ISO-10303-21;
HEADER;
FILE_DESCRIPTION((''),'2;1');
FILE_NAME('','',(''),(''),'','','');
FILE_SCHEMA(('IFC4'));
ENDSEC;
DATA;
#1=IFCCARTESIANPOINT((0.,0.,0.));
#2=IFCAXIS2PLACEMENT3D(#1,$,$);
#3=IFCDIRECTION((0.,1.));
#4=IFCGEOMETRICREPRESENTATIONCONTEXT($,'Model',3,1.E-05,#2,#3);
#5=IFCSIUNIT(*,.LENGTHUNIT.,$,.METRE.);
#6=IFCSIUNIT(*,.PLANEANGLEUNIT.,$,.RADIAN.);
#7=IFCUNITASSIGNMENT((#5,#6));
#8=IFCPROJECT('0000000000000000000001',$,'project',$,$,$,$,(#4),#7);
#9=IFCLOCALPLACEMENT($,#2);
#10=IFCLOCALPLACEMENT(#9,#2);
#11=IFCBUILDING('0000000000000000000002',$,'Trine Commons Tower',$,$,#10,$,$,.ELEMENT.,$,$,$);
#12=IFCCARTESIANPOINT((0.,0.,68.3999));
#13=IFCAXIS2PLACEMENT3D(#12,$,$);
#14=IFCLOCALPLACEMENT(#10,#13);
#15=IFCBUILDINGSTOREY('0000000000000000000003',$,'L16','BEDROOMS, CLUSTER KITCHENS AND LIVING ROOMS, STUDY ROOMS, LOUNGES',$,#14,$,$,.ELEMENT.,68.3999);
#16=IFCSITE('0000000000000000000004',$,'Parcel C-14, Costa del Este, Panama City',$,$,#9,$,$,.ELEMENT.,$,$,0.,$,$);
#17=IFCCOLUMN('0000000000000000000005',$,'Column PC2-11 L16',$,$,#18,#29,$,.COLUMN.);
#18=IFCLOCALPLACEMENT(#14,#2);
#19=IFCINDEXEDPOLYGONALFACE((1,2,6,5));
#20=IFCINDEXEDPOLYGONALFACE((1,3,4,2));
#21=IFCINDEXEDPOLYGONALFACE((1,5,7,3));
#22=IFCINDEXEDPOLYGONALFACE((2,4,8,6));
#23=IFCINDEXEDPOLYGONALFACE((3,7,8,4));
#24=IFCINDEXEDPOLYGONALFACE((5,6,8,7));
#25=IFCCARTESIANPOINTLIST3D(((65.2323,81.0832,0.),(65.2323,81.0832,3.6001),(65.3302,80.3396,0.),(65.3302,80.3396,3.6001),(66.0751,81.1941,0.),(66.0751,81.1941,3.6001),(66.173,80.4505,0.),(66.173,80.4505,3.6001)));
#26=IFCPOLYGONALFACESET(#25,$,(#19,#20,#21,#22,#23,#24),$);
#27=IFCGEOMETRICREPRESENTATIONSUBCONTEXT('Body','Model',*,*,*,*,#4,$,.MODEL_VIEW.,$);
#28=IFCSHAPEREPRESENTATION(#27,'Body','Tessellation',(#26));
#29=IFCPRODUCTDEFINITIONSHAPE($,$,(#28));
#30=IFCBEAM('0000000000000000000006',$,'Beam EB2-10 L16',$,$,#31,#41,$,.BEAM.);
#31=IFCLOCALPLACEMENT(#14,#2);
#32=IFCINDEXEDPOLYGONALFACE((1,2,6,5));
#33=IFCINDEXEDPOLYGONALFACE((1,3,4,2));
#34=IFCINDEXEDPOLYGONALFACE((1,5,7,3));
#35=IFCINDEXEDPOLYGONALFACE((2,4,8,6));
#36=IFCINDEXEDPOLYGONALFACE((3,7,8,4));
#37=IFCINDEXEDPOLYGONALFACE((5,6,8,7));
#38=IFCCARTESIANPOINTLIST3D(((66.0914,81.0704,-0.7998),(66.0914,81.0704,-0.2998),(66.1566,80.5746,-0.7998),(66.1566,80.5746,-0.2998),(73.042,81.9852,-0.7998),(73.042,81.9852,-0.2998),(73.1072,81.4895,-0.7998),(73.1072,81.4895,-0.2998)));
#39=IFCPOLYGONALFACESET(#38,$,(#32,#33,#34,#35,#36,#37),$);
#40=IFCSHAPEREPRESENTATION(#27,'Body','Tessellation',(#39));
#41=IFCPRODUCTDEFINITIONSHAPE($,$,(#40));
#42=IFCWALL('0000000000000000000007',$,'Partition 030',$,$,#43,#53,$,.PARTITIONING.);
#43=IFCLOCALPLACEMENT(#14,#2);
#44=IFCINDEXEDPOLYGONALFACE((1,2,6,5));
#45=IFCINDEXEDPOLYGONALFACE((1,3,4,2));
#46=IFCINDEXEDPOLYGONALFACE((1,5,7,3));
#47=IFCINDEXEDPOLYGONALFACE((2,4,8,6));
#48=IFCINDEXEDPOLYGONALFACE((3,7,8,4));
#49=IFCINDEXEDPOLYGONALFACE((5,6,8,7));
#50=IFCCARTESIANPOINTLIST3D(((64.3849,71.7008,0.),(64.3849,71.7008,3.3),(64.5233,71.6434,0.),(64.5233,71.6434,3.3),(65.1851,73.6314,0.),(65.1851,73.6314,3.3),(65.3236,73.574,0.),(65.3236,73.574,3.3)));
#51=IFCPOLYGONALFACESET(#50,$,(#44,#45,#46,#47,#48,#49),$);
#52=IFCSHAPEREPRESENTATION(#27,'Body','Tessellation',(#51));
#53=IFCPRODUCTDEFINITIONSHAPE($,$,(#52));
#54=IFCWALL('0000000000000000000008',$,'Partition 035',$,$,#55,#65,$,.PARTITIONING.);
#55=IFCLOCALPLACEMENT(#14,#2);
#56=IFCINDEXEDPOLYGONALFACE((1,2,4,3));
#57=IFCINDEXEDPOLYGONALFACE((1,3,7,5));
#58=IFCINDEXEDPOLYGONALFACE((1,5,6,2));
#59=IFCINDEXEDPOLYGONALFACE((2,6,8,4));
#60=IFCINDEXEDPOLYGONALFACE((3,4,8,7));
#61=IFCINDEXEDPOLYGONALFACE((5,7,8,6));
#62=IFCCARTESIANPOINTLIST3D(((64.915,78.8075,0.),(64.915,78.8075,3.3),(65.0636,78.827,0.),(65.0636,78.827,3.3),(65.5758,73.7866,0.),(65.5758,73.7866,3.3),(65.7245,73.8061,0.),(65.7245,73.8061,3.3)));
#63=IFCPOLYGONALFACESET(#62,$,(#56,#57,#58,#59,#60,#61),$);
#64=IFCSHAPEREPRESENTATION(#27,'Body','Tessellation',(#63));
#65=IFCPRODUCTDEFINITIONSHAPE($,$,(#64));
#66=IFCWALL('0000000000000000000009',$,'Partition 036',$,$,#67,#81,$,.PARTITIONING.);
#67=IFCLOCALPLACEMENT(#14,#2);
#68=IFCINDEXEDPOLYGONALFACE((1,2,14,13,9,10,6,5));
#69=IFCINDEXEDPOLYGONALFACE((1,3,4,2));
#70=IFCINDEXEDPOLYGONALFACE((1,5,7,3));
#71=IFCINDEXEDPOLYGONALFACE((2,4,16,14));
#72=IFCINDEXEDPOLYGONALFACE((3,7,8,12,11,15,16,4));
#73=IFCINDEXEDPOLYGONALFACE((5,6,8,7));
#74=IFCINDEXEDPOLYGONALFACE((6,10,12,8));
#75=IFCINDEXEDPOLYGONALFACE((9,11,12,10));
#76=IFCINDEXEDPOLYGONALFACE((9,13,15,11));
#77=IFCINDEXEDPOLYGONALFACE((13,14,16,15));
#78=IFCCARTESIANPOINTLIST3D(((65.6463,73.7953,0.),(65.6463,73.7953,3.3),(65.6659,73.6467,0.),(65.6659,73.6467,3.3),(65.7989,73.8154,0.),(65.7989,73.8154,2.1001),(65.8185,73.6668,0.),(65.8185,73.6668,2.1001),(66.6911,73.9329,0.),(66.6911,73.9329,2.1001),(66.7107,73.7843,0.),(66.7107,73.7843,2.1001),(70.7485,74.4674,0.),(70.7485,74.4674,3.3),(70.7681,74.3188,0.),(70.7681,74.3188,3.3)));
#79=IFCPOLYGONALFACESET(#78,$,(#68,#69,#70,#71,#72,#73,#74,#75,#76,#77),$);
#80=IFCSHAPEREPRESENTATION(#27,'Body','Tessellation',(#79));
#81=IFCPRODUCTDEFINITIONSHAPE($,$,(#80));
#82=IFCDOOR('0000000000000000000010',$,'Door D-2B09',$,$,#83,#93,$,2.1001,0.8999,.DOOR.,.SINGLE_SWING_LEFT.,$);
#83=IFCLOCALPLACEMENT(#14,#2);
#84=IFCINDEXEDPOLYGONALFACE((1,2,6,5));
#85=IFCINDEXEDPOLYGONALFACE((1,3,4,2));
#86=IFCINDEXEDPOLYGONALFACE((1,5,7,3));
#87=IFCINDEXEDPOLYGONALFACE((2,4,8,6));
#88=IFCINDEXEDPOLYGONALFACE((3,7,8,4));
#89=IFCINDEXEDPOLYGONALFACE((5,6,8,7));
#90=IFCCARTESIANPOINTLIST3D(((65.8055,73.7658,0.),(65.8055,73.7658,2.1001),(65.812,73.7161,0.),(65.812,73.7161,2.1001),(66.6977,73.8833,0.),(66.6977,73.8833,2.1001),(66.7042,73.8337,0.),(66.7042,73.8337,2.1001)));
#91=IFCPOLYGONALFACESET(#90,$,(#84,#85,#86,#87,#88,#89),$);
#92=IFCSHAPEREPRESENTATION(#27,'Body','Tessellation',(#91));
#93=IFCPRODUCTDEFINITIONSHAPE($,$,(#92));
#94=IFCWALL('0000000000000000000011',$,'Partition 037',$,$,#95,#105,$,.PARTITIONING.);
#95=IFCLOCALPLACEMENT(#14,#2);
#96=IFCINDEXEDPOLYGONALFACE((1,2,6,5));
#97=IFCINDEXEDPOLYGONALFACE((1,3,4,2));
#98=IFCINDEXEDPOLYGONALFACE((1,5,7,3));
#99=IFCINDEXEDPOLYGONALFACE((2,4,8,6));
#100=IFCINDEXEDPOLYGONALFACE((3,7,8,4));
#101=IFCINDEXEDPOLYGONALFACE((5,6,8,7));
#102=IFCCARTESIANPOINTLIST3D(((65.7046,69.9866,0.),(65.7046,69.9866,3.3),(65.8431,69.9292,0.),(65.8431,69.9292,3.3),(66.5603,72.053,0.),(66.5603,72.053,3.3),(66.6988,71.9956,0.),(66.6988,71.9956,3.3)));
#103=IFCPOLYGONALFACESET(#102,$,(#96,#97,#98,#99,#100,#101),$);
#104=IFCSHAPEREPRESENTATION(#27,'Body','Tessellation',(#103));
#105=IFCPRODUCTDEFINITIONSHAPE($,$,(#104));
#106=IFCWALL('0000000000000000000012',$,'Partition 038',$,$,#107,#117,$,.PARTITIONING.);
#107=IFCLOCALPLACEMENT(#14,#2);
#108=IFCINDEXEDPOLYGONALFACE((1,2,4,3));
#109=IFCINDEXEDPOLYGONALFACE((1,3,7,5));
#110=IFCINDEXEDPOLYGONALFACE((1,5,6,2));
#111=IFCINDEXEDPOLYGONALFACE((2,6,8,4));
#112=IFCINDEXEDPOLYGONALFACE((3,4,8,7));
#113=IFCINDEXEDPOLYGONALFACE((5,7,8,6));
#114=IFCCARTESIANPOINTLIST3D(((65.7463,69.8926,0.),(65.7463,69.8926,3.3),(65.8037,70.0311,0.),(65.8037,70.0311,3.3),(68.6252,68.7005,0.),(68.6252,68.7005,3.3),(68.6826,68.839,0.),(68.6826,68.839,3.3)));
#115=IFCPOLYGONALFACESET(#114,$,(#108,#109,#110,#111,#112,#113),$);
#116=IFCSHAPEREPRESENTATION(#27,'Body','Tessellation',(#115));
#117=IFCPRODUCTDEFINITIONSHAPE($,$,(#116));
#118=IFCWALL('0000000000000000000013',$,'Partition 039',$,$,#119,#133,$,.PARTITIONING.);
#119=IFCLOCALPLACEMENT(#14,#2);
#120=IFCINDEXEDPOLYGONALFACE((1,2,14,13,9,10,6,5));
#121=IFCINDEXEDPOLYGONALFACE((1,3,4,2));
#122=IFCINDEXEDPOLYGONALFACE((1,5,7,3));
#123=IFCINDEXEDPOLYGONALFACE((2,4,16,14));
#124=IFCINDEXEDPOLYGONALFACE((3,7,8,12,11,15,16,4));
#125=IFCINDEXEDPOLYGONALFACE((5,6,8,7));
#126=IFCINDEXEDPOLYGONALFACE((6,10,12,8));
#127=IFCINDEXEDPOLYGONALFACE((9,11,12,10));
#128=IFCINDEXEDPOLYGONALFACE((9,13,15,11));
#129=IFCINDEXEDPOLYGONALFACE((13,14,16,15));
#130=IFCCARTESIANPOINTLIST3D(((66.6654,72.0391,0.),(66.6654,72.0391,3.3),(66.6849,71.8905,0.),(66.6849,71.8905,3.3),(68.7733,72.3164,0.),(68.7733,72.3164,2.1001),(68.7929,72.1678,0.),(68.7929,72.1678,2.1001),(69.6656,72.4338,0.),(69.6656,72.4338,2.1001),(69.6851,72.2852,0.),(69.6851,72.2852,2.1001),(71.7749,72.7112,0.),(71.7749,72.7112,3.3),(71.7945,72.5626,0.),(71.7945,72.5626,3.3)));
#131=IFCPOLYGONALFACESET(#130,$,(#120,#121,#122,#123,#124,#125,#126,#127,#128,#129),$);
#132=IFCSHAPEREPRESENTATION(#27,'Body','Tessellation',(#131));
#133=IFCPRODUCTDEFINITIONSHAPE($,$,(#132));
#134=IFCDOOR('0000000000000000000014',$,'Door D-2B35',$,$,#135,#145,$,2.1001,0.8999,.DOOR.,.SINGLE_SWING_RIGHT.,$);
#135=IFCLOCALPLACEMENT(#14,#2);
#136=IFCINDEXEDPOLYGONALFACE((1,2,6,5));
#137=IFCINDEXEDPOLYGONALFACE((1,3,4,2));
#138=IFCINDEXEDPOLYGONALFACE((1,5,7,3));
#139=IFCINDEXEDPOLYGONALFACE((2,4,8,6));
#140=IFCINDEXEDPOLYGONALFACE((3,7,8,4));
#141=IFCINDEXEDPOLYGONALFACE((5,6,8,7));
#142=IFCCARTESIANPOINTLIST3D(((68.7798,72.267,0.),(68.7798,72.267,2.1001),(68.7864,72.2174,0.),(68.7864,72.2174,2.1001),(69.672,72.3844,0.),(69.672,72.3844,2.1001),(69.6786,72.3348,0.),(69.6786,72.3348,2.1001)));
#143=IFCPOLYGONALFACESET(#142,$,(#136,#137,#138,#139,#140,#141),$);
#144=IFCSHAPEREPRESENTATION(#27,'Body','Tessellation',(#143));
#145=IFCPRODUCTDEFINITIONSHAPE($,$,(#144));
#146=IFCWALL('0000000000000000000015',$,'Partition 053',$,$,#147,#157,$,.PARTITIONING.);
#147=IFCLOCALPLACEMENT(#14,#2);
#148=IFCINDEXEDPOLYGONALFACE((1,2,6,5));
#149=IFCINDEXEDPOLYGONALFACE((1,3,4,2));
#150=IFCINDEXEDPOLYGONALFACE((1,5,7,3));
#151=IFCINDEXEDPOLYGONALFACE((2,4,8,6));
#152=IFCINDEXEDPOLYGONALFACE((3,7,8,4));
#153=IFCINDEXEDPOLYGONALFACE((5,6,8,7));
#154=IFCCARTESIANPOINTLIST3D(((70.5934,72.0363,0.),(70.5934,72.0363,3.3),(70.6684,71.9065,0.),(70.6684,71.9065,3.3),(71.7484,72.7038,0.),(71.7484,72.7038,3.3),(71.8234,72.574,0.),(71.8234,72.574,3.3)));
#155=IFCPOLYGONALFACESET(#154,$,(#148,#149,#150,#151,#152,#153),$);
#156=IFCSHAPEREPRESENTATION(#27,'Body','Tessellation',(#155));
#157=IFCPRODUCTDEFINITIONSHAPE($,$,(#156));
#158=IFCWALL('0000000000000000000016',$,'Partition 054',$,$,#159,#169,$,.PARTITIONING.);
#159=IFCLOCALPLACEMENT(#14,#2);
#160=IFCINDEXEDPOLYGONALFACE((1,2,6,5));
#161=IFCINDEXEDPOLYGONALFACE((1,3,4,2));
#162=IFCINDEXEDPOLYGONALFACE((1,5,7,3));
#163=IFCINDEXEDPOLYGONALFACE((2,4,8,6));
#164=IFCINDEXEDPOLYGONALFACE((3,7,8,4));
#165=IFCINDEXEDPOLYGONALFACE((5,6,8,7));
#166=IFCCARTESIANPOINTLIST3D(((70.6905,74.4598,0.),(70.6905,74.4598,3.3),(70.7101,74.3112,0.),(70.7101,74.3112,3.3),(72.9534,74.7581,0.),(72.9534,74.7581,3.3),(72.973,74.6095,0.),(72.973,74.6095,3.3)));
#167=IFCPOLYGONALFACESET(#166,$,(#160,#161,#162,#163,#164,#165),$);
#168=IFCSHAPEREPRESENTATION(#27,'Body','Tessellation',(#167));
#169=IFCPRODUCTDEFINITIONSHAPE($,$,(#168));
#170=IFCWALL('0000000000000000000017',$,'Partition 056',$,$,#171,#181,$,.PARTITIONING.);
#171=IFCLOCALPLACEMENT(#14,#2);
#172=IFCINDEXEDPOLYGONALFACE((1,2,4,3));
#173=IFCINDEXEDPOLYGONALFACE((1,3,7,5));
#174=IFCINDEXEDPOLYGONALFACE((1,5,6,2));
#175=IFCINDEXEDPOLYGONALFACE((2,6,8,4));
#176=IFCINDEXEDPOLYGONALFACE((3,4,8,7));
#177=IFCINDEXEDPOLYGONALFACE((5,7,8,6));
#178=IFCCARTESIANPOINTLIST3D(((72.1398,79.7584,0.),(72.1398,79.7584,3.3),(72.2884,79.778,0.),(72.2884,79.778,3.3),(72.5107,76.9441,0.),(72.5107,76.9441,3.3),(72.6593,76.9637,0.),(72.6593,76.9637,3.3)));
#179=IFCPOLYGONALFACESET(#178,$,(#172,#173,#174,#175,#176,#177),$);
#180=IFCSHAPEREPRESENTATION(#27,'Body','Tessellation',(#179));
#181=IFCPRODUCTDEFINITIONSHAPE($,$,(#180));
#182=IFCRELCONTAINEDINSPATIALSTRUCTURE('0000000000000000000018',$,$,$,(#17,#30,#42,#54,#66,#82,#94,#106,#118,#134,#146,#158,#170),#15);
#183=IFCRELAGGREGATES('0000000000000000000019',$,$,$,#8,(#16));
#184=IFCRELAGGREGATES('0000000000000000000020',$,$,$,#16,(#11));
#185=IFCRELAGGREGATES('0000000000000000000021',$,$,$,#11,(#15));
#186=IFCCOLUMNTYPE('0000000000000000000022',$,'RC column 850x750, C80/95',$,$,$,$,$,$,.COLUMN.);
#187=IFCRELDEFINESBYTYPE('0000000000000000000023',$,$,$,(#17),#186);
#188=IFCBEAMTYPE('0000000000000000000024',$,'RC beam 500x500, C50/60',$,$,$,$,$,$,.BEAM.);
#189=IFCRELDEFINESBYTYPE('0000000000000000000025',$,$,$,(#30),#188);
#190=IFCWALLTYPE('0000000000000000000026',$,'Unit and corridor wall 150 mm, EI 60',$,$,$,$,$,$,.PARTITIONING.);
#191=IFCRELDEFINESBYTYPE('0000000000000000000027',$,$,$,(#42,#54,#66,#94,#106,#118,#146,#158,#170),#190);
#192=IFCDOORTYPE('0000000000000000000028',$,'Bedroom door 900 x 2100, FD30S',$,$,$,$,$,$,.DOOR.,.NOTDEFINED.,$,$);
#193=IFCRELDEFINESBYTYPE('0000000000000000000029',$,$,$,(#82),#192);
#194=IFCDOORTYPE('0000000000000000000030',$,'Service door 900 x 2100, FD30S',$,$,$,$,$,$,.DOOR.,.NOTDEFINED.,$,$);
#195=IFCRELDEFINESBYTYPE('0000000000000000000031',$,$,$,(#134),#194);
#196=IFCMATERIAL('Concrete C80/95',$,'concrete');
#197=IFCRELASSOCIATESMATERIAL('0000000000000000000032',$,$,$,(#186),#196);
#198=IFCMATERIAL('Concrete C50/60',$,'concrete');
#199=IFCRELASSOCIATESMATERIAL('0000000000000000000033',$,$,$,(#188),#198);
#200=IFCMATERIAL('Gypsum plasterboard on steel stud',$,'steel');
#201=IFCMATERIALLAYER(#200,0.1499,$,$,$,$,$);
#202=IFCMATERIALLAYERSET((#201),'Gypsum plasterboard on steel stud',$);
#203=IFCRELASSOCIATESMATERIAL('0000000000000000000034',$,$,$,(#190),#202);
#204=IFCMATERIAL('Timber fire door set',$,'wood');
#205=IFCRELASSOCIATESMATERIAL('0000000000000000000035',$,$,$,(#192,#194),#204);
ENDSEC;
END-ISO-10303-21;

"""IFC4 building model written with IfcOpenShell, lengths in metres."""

from ifc_helpers import new_model, si_unit, direction, frame, frame_2d, origin, origin_2d, place, context, subcontext, project, spatial, rectangle, extrude, material, layer, layer_set, material_profile, profile_set, type_object, element, fill, save


model = new_model("IFC4")

# Units and contexts
model_context = context("Model", 3, precision=1e-05, world=origin(), true_north=direction((0.0, 1.0)))
body_context = subcontext(model_context, "Body", "Model", "MODEL_VIEW")
ifc_project = project(units=[si_unit("LENGTHUNIT", "METRE"), si_unit("PLANEANGLEUNIT", "RADIAN")], contexts=[model_context])

# Site, building, storey
site_placement = place(None, origin())
site = spatial("IfcSite", under=ifc_project, at=site_placement, Name="Parcel C-14, Costa del Este, Panama City", CompositionType="ELEMENT", RefElevation=0.0)
building_placement = place(site_placement, origin())
building = spatial("IfcBuilding", under=site, at=building_placement, Name="Trine Commons Tower", CompositionType="ELEMENT")
storey_placement = place(building_placement, frame((0.0, 0.0, 68.3999)))
storey = spatial("IfcBuildingStorey", under=building, at=storey_placement, Name="L16", Description="BEDROOMS, CLUSTER KITCHENS AND LIVING ROOMS, STUDY ROOMS, LOUNGES", CompositionType="ELEMENT", Elevation=68.3999)

# Column
ifc_material_1 = material(Name="Concrete C80/95", Category="concrete")
ifc_material_profile_1 = material_profile(ifc_material_1, rectangle(XDim=0.8501, YDim=0.75, at=origin_2d()), Name="RC 850x750")
ifc_profile_set_1 = profile_set([ifc_material_profile_1], Name="Concrete C80/95")
column_type = type_object("IfcColumnType", Name="RC column 850x750, C80/95", PredefinedType="COLUMN", material=ifc_profile_set_1)
column_placement = place(storey_placement, frame((65.7026, 80.7668, 0.0), z_axis=(0.0, 0.0, 1.0), x_axis=(0.991445, 0.130526, 0.0)))
element("IfcColumn", 1, at=column_placement, inside=storey, type_object=column_type, Name="Column PC2-11 L16", PredefinedType="COLUMN", context=body_context, shape_type="SweptSolid", body=[
    extrude(rectangle(XDim=0.8501, YDim=0.75, at=origin_2d()), origin(), (0.0, 0.0, 1.0), 3.6001),
])

# Beam
ifc_material_2 = material(Name="Concrete C50/60", Category="concrete")
ifc_material_profile_2 = material_profile(ifc_material_2, rectangle(XDim=0.5, YDim=0.5, at=origin_2d()), Name="RC 500x500")
ifc_profile_set_2 = profile_set([ifc_material_profile_2], Name="Concrete C50/60")
beam_type = type_object("IfcBeamType", Name="RC beam 500x500, C50/60", PredefinedType="BEAM", material=ifc_profile_set_2)
beam_placement = place(storey_placement, frame((66.124, 80.8225, -0.5498), z_axis=(0.991449, 0.130491, 0.0), x_axis=(-0.130491, 0.991449, 0.0)))
element("IfcBeam", 2, at=beam_placement, inside=storey, type_object=beam_type, Name="Beam EB2-10 L16", PredefinedType="BEAM", context=body_context, shape_type="SweptSolid", body=[
    extrude(rectangle(XDim=0.5, YDim=0.5, at=origin_2d()), origin(), (0.0, 0.0, 1.0), 7.0105),
])

# Walls
ifc_material_3 = material(Name="Gypsum plasterboard on steel stud", Category="steel")
ifc_layer_1 = layer(ifc_material_3, 0.1499)
ifc_layer_set_1 = layer_set([ifc_layer_1], Name="Gypsum plasterboard on steel stud")
wall_type_1 = type_object("IfcWallType", Name="Unit and corridor wall 150 mm, EI 60", PredefinedType="PARTITIONING", material=ifc_layer_set_1)
wall_1_placement = place(storey_placement, frame((64.4541, 71.6721, 0.0), z_axis=(0.0, 0.0, 1.0), x_axis=(0.382923, 0.92378, 0.0)))
element("IfcWall", 3, at=wall_1_placement, inside=storey, type_object=wall_type_1, Name="Partition 030", PredefinedType="PARTITIONING", context=body_context, shape_type="SweptSolid", body=[
    extrude(rectangle(XDim=2.0898, YDim=0.1499, at=frame_2d((1.0449, 0.0))), origin(), (0.0, 0.0, 1.0), 3.3),
])
wall_2_placement = place(storey_placement, frame((64.9893, 78.8174, 0.0), z_axis=(0.0, 0.0, 1.0), x_axis=(0.130499, -0.991448, 0.0)))
element("IfcWall", 4, at=wall_2_placement, inside=storey, type_object=wall_type_1, Name="Partition 035", PredefinedType="PARTITIONING", context=body_context, shape_type="SweptSolid", body=[
    extrude(rectangle(XDim=5.0642, YDim=0.1499, at=frame_2d((2.5322, 0.0))), origin(), (0.0, 0.0, 1.0), 3.3),
])

# Wall, opening, door
wall_3_placement = place(storey_placement, frame((65.656, 73.7209, 0.0), z_axis=(0.0, 0.0, 1.0), x_axis=(0.991434, 0.130607, 0.0)))
wall_3 = element("IfcWall", 5, at=wall_3_placement, inside=storey, type_object=wall_type_1, Name="Partition 036", PredefinedType="PARTITIONING", context=body_context, shape_type="SweptSolid", body=[
    extrude(rectangle(XDim=5.1462, YDim=0.1499, at=frame_2d((2.5732, 0.0))), origin(), (0.0, 0.0, 1.0), 3.3),
])
opening_1_placement = place(wall_3_placement, frame((0.1541, 0.0, 0.0)))
opening_1 = element("IfcOpeningElement", 6, at=opening_1_placement, cuts=wall_3, PredefinedType="OPENING", context=body_context, shape_type="SweptSolid", body=[
    extrude(rectangle(XDim=0.8999, YDim=2.1001, at=frame_2d((0.45, 1.05))), frame((0.0, 0.085, 0.0), z_axis=(0.0, -1.0, 0.0), x_axis=(1.0, 0.0, 0.0)), (0.0, 0.0, 1.0), 0.1699),
])
ifc_material_4 = material(Name="Timber fire door set", Category="wood")
door_type_1 = type_object("IfcDoorType", Name="Bedroom door 900 x 2100, FD30S", OperationType="NOTDEFINED", PredefinedType="DOOR", material=ifc_material_4)
door_1_placement = place(opening_1_placement, origin())
door_1 = element("IfcDoor", 7, at=door_1_placement, inside=storey, type_object=door_type_1, Name="Door D-2B09", OperationType="SINGLE_SWING_LEFT", OverallHeight=2.1001, OverallWidth=0.8999, PredefinedType="DOOR", context=body_context, shape_type="SweptSolid", body=[
    extrude(rectangle(XDim=0.8999, YDim=2.1001, at=frame_2d((0.45, 1.05))), frame((0.0, 0.0249, 0.0), z_axis=(0.0, -1.0, 0.0), x_axis=(1.0, 0.0, 0.0)), (0.0, 0.0, 1.0), 0.05),
])
fill(opening_1, door_1)

# Walls
wall_4_placement = place(storey_placement, frame((65.7739, 69.958, 0.0), z_axis=(0.0, 0.0, 1.0), x_axis=(0.382599, 0.923914, 0.0)))
element("IfcWall", 8, at=wall_4_placement, inside=storey, type_object=wall_type_1, Name="Partition 037", PredefinedType="PARTITIONING", context=body_context, shape_type="SweptSolid", body=[
    extrude(rectangle(XDim=2.2366, YDim=0.1499, at=frame_2d((1.1182, 0.0))), origin(), (0.0, 0.0, 1.0), 3.3),
])
wall_5_placement = place(storey_placement, frame((65.7749, 69.9619, 0.0), z_axis=(0.0, 0.0, 1.0), x_axis=(0.923918, -0.382589, 0.0)))
element("IfcWall", 9, at=wall_5_placement, inside=storey, type_object=wall_type_1, Name="Partition 038", PredefinedType="PARTITIONING", context=body_context, shape_type="SweptSolid", body=[
    extrude(rectangle(XDim=3.116, YDim=0.1499, at=frame_2d((1.5581, 0.0))), origin(), (0.0, 0.0, 1.0), 3.3),
])

# Wall, opening, door
wall_6_placement = place(storey_placement, frame((66.6753, 71.9648, 0.0), z_axis=(0.0, 0.0, 1.0), x_axis=(0.991459, 0.130417, 0.0)))
wall_6 = element("IfcWall", 10, at=wall_6_placement, inside=storey, type_object=wall_type_1, Name="Partition 039", PredefinedType="PARTITIONING", context=body_context, shape_type="SweptSolid", body=[
    extrude(rectangle(XDim=5.1536, YDim=0.1499, at=frame_2d((2.5767, 0.0))), origin(), (0.0, 0.0, 1.0), 3.3),
])
opening_2_placement = place(wall_6_placement, frame((2.126, 0.0, 0.0)))
opening_2 = element("IfcOpeningElement", 11, at=opening_2_placement, cuts=wall_6, PredefinedType="OPENING", context=body_context, shape_type="SweptSolid", body=[
    extrude(rectangle(XDim=0.8999, YDim=2.1001, at=frame_2d((0.45, 1.05))), frame((0.0, 0.085, 0.0), z_axis=(0.0, -1.0, 0.0), x_axis=(1.0, 0.0, 0.0)), (0.0, 0.0, 1.0), 0.1699),
])
door_type_2 = type_object("IfcDoorType", Name="Service door 900 x 2100, FD30S", OperationType="NOTDEFINED", PredefinedType="DOOR", material=ifc_material_4)
door_2_placement = place(opening_2_placement, frame((0.8999, 0.0, 0.0), z_axis=(0.0, 0.0, 1.0), x_axis=(-1.0, 0.0, 0.0)))
door_2 = element("IfcDoor", 12, at=door_2_placement, inside=storey, type_object=door_type_2, Name="Door D-2B35", OperationType="SINGLE_SWING_RIGHT", OverallHeight=2.1001, OverallWidth=0.8999, PredefinedType="DOOR", context=body_context, shape_type="SweptSolid", body=[
    extrude(rectangle(XDim=0.8999, YDim=2.1001, at=frame_2d((0.45, 1.05))), frame((0.0, 0.0249, 0.0), z_axis=(0.0, -1.0, 0.0), x_axis=(1.0, 0.0, 0.0)), (0.0, 0.0, 1.0), 0.05),
])
fill(opening_2, door_2)

# Walls
wall_7_placement = place(storey_placement, frame((70.6309, 71.9714, 0.0), z_axis=(0.0, 0.0, 1.0), x_axis=(0.865823, 0.500351, 0.0)))
element("IfcWall", 13, at=wall_7_placement, inside=storey, type_object=wall_type_1, Name="Partition 053", PredefinedType="PARTITIONING", context=body_context, shape_type="SweptSolid", body=[
    extrude(rectangle(XDim=1.334, YDim=0.1499, at=frame_2d((0.667, 0.0))), origin(), (0.0, 0.0, 1.0), 3.3),
])
wall_8_placement = place(storey_placement, frame((70.7004, 74.3855, 0.0), z_axis=(0.0, 0.0, 1.0), x_axis=(0.991421, 0.130706, 0.0)))
element("IfcWall", 14, at=wall_8_placement, inside=storey, type_object=wall_type_1, Name="Partition 054", PredefinedType="PARTITIONING", context=body_context, shape_type="SweptSolid", body=[
    extrude(rectangle(XDim=2.2825, YDim=0.1499, at=frame_2d((1.1411, 0.0))), origin(), (0.0, 0.0, 1.0), 3.3),
])
wall_9_placement = place(storey_placement, frame((72.2141, 79.7683, 0.0), z_axis=(0.0, 0.0, 1.0), x_axis=(0.130648, -0.991429, 0.0)))
element("IfcWall", 15, at=wall_9_placement, inside=storey, type_object=wall_type_1, Name="Partition 056", PredefinedType="PARTITIONING", context=body_context, shape_type="SweptSolid", body=[
    extrude(rectangle(XDim=2.8386, YDim=0.1499, at=frame_2d((1.4194, 0.0))), origin(), (0.0, 0.0, 1.0), 3.3),
])

save(model, "model.ifc")
